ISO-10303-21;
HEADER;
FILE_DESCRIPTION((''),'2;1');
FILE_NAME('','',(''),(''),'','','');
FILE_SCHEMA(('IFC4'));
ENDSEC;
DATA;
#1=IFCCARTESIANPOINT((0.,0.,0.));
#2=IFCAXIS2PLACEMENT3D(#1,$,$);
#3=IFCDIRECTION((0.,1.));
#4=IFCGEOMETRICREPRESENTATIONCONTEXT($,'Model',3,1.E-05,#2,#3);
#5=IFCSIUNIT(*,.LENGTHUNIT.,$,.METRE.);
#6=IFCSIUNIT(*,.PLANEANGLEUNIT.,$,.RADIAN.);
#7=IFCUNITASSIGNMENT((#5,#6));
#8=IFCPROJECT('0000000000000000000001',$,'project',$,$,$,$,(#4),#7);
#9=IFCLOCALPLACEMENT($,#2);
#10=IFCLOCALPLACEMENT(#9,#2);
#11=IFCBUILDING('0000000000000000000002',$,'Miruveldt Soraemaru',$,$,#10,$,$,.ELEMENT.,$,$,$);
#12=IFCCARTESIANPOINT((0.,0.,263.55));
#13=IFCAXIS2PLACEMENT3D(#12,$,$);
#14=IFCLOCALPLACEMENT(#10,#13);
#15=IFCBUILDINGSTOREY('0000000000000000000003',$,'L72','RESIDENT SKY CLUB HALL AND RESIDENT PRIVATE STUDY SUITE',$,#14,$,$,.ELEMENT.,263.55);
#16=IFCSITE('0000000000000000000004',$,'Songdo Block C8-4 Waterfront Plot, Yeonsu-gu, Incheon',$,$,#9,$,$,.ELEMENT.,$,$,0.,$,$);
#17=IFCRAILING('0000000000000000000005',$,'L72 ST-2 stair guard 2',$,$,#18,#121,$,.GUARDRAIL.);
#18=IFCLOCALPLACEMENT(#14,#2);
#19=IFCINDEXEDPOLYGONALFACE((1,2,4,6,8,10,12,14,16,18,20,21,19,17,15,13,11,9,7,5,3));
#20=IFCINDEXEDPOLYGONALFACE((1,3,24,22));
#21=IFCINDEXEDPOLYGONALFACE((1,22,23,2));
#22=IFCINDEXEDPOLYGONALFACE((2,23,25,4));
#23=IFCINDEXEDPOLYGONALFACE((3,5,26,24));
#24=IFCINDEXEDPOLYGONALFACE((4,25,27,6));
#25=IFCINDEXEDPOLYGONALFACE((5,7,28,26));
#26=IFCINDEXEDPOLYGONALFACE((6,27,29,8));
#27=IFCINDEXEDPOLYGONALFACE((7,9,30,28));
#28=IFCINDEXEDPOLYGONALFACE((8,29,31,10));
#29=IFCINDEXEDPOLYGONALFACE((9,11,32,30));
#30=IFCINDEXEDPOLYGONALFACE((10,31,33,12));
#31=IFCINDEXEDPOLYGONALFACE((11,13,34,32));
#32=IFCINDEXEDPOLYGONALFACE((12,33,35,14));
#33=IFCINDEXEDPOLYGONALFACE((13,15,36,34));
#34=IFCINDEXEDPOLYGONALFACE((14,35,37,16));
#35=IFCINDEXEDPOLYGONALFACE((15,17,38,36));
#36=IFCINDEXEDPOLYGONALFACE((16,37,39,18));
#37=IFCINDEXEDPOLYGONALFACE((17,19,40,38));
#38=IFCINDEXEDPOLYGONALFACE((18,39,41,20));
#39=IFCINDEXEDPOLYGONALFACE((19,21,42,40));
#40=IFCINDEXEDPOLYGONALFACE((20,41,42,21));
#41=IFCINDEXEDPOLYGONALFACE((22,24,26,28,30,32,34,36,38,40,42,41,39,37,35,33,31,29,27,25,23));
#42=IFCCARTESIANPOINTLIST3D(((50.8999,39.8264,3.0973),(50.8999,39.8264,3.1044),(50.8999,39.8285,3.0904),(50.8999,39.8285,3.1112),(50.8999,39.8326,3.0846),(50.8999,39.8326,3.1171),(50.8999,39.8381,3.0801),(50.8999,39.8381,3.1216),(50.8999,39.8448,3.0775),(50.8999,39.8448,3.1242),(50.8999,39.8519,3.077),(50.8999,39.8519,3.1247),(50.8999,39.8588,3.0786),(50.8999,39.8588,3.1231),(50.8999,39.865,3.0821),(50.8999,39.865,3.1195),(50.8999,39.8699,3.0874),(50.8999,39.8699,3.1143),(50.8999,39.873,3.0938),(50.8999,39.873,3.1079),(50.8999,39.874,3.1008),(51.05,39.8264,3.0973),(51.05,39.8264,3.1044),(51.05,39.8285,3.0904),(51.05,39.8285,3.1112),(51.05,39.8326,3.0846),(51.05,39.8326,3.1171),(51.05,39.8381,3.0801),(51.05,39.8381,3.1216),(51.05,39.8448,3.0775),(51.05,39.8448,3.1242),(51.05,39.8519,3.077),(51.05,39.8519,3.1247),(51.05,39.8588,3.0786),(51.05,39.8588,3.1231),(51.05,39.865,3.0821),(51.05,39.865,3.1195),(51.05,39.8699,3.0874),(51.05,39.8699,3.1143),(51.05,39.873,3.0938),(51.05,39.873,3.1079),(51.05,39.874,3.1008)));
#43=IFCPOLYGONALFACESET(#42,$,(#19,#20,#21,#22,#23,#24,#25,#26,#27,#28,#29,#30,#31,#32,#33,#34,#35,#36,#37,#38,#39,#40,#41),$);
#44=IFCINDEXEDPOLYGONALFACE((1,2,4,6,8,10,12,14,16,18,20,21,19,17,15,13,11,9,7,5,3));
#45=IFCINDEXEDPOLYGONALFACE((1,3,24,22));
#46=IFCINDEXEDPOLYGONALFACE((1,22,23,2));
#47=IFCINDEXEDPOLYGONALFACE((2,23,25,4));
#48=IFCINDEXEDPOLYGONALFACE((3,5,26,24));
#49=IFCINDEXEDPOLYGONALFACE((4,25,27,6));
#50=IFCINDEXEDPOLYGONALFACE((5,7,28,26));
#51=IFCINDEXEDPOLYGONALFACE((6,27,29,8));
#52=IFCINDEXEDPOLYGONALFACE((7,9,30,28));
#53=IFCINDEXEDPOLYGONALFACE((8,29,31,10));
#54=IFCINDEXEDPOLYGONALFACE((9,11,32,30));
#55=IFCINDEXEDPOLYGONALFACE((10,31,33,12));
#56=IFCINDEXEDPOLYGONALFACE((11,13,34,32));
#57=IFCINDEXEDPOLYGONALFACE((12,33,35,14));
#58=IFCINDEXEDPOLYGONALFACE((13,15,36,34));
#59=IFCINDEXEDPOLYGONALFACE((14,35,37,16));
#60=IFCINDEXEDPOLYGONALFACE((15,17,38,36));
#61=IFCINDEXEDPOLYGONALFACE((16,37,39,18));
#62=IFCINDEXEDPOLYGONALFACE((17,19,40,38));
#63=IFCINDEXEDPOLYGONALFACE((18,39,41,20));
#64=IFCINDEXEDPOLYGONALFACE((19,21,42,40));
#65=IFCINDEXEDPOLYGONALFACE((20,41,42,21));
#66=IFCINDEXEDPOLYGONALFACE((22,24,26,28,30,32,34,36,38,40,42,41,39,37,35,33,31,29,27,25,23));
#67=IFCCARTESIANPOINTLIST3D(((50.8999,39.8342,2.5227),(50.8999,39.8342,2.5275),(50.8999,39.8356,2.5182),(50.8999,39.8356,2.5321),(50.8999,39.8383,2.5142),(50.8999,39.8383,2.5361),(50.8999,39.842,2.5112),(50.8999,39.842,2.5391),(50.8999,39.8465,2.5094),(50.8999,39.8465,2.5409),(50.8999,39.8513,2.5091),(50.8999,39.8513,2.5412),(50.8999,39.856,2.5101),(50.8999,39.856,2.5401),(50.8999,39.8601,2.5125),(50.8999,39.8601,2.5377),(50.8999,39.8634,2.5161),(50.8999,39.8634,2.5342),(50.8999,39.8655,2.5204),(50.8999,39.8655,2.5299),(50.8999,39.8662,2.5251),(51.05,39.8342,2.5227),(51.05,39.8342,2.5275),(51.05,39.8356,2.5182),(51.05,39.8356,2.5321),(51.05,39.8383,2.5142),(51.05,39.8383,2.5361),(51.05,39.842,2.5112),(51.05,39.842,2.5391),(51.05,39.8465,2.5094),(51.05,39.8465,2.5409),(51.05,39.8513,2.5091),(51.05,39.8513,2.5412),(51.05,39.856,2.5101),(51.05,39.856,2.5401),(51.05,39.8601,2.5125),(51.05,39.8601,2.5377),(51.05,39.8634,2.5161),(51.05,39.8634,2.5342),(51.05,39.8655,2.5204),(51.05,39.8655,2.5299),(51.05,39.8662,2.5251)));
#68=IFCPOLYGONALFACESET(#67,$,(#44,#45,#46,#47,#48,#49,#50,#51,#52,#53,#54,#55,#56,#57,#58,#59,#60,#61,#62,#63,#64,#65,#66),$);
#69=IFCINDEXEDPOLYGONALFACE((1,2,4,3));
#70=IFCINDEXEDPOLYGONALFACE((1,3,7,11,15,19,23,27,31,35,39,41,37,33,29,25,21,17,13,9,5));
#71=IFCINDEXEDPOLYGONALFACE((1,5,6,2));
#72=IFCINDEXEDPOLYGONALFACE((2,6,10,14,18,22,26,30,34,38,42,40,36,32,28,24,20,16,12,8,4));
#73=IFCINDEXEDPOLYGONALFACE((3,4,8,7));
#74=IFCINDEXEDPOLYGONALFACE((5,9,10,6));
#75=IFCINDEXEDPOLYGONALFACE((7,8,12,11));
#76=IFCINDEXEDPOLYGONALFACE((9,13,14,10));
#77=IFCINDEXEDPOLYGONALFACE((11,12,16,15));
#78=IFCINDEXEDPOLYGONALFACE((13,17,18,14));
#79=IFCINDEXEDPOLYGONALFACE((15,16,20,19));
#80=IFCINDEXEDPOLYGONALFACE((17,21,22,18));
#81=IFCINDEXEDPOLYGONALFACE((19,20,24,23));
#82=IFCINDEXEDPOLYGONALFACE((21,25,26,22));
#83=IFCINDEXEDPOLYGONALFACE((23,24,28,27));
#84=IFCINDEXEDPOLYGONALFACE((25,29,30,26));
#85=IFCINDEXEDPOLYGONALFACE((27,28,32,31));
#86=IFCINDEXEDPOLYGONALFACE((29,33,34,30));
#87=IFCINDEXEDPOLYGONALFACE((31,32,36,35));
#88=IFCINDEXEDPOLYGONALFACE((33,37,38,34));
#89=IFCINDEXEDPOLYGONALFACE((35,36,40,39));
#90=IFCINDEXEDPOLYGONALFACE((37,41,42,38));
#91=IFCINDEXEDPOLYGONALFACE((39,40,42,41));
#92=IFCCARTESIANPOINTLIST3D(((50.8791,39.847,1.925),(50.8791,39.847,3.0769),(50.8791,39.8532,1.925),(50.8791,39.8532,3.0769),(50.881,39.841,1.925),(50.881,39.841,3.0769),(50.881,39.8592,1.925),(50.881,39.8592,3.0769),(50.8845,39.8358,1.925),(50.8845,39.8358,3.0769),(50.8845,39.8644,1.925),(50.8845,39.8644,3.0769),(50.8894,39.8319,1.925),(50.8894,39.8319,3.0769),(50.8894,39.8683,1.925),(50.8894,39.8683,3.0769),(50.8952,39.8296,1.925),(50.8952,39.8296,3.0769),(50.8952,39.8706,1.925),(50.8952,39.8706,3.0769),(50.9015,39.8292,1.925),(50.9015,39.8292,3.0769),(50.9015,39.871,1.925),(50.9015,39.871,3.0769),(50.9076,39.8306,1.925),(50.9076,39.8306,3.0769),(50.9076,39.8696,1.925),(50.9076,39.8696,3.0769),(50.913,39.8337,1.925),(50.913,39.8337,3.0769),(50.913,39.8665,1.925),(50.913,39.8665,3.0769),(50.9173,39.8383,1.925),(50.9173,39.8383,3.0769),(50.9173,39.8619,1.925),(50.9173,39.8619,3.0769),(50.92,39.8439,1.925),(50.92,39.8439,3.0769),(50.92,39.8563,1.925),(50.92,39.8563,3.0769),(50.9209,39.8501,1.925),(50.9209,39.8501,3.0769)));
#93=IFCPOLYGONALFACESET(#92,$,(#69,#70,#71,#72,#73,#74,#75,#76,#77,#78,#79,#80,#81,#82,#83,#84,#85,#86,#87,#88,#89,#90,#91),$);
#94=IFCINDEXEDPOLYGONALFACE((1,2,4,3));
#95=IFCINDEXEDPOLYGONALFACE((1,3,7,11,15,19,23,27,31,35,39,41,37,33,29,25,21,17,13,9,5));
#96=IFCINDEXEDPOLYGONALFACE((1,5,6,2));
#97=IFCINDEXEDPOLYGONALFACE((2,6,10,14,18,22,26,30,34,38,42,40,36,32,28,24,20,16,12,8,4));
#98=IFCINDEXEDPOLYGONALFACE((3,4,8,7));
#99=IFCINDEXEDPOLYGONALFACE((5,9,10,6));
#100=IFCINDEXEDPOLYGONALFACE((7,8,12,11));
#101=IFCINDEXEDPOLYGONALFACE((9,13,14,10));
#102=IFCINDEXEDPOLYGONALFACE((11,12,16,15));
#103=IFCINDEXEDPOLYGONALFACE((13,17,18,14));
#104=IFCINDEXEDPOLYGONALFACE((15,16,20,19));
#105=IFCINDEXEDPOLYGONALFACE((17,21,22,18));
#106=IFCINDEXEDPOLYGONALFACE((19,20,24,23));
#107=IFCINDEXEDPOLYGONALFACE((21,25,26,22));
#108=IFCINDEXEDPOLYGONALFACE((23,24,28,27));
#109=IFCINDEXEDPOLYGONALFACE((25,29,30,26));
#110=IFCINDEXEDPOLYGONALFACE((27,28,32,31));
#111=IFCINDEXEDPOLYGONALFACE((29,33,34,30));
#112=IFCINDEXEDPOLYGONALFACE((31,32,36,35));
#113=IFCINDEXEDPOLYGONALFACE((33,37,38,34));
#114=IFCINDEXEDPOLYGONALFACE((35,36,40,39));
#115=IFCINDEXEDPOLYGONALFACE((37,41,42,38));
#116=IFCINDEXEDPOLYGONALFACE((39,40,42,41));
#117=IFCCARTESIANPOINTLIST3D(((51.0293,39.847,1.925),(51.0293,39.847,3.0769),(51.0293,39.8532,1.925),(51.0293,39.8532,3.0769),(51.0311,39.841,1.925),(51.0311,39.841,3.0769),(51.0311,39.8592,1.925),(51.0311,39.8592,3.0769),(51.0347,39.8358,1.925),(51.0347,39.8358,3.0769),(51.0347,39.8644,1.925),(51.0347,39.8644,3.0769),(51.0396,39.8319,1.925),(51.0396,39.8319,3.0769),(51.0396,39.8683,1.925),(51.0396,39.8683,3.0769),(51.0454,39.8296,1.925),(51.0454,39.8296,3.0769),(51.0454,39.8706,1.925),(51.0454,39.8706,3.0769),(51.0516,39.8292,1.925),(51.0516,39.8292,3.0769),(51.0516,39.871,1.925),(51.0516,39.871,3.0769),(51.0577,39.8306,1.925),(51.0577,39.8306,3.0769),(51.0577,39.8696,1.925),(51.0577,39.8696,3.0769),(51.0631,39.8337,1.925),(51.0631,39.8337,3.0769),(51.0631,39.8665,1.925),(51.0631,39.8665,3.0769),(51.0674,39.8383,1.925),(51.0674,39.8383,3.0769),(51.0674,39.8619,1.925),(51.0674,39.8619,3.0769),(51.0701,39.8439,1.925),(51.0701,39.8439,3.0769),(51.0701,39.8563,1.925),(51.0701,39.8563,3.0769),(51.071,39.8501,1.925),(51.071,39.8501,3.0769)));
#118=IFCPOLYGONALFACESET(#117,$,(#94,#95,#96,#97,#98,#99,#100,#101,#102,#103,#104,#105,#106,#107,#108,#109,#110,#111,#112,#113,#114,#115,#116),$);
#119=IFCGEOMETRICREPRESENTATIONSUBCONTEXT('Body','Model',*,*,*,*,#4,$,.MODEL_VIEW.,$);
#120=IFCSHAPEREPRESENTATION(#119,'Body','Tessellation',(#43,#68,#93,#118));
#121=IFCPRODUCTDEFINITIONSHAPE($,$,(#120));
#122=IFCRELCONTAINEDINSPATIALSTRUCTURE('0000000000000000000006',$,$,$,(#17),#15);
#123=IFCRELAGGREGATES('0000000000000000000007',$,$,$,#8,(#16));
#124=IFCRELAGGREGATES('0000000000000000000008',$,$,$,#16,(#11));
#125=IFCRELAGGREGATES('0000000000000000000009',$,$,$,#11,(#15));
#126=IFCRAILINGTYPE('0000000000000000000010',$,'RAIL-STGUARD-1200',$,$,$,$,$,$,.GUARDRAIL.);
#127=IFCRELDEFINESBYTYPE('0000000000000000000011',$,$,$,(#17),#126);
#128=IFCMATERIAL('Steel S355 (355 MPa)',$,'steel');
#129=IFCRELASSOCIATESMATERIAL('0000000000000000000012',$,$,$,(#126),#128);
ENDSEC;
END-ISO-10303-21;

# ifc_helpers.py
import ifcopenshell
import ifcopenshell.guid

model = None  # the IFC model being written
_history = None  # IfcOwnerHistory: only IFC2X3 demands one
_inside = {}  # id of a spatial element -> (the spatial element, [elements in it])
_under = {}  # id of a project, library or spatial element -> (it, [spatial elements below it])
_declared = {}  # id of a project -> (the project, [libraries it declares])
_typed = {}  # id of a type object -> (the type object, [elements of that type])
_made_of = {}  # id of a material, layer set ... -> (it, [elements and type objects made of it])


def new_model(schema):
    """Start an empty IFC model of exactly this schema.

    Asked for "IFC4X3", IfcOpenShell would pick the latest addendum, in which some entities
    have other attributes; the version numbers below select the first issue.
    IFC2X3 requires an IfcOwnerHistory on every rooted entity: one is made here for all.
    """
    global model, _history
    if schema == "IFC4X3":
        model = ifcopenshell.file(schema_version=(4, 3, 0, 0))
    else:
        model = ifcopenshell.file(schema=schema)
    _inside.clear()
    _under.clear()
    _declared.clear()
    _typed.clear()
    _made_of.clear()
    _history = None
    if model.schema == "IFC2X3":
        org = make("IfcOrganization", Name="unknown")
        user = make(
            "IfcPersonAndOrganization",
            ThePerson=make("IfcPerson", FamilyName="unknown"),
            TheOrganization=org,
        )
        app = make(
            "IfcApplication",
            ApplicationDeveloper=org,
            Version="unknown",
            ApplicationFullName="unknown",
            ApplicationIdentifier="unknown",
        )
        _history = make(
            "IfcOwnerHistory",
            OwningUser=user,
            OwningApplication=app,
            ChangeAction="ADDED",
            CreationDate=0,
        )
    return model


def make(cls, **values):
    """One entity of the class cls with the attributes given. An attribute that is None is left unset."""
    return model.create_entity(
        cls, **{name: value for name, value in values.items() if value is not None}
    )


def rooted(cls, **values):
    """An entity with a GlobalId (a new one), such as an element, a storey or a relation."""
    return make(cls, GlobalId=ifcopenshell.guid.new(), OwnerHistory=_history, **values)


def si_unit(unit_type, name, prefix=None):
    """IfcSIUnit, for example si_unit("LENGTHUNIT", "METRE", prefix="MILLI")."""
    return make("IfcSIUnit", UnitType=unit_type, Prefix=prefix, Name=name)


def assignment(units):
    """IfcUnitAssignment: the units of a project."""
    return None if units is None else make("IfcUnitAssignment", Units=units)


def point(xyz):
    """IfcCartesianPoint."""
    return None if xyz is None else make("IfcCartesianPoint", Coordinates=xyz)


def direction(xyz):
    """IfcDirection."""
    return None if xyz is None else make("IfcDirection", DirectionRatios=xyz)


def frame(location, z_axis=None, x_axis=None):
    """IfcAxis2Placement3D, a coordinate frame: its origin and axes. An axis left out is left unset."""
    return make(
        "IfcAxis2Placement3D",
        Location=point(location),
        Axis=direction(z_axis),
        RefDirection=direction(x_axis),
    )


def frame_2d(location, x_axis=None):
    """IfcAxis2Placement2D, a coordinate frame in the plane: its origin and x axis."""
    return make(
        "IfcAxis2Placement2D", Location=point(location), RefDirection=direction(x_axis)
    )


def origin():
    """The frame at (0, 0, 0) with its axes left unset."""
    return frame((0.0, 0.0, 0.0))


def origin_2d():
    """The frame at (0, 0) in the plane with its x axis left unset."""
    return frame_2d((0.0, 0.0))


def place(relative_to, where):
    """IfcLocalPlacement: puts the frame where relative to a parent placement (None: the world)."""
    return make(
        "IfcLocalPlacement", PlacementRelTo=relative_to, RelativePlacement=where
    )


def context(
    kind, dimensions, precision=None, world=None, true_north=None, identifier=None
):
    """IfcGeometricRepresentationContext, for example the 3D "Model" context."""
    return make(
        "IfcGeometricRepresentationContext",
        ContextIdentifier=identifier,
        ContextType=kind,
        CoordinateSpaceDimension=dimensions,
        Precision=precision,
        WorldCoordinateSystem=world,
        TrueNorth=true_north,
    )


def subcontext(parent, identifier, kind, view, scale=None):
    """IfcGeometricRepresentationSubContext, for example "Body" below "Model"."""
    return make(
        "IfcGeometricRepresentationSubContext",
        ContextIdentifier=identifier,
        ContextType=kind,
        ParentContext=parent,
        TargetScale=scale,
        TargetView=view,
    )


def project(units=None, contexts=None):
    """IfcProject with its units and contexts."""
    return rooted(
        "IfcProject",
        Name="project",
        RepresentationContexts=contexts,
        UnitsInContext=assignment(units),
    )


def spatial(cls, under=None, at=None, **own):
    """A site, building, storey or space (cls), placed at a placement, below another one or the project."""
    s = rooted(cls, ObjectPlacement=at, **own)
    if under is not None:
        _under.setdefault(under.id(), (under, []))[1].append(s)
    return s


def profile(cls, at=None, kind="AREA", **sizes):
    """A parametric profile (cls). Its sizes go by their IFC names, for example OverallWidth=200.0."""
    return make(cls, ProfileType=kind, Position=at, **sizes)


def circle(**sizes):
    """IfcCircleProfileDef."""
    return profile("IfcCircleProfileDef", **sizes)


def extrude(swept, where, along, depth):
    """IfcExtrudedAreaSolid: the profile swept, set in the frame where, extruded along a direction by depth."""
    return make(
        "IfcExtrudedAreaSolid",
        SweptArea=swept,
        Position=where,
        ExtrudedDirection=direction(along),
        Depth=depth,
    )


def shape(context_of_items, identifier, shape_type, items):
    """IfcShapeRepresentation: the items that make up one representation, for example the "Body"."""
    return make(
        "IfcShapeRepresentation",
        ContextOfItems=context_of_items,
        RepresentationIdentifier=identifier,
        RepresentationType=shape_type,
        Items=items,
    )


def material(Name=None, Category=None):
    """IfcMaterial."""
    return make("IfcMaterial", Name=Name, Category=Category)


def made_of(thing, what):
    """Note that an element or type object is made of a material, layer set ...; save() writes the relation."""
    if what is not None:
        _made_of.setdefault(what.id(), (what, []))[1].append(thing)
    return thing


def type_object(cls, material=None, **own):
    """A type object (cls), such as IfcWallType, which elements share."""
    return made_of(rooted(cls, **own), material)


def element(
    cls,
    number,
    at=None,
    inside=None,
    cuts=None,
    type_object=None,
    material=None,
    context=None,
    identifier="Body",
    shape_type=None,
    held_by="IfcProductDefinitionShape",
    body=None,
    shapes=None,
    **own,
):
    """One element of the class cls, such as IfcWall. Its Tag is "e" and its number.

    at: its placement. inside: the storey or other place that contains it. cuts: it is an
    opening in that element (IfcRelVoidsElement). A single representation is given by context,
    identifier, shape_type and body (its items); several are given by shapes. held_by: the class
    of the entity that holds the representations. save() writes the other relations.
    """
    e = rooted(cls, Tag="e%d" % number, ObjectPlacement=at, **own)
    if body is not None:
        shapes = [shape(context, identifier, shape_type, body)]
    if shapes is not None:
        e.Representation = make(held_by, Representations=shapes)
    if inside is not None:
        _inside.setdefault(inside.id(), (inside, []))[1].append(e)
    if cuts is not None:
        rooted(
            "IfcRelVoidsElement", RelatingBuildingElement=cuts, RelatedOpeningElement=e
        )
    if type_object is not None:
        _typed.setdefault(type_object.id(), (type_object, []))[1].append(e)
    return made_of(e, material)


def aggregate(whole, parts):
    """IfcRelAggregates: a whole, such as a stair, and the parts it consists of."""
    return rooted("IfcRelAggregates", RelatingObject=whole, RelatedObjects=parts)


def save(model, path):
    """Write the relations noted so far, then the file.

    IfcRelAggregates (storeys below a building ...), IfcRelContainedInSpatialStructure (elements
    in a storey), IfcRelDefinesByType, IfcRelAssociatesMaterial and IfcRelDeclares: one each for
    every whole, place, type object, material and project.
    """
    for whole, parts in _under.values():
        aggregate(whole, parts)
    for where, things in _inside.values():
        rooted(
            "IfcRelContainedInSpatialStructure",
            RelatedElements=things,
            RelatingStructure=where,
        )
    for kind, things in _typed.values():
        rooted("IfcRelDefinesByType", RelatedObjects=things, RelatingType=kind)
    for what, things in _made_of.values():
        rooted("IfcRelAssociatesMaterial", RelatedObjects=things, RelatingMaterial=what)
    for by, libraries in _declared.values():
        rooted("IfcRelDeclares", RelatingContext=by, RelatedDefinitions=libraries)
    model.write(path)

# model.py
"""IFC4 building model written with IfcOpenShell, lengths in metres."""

from ifc_helpers import new_model, si_unit, direction, frame, origin, origin_2d, place, context, subcontext, project, spatial, circle, extrude, material, type_object, element, save


model = new_model("IFC4")

# Units and contexts
model_context = context("Model", 3, precision=1e-05, world=origin(), true_north=direction((0.0, 1.0)))
body_context = subcontext(model_context, "Body", "Model", "MODEL_VIEW")
ifc_project = project(units=[si_unit("LENGTHUNIT", "METRE"), si_unit("PLANEANGLEUNIT", "RADIAN")], contexts=[model_context])

# Site, building, storey
site_placement = place(None, origin())
site = spatial("IfcSite", under=ifc_project, at=site_placement, Name="Songdo Block C8-4 Waterfront Plot, Yeonsu-gu, Incheon", CompositionType="ELEMENT", RefElevation=0.0)
building_placement = place(site_placement, origin())
building = spatial("IfcBuilding", under=site, at=building_placement, Name="Miruveldt Soraemaru", CompositionType="ELEMENT")
storey_placement = place(building_placement, frame((0.0, 0.0, 263.55)))
storey = spatial("IfcBuildingStorey", under=building, at=storey_placement, Name="L72", Description="RESIDENT SKY CLUB HALL AND RESIDENT PRIVATE STUDY SUITE", CompositionType="ELEMENT", Elevation=263.55)

# Railing
ifc_material_1 = material(Name="Steel S355 (355 MPa)", Category="steel")
railing_type_1 = type_object("IfcRailingType", Name="RAIL-STGUARD-1200", PredefinedType="GUARDRAIL", material=ifc_material_1)
railing_1_placement = place(storey_placement, frame((50.8999, 39.8501, 1.925)))
element("IfcRailing", 1, at=railing_1_placement, inside=storey, type_object=railing_type_1, Name="L72 ST-2 stair guard 2", PredefinedType="GUARDRAIL", context=body_context, shape_type="SweptSolid", body=[
    extrude(circle(Radius=0.0239, at=origin_2d()), frame((0.0, 0.0, 1.1758), z_axis=(1.0, 0.0, 0.0), x_axis=(0.0, 1.0, 0.0)), (0.0, 0.0, 1.0), 0.1501),
    extrude(circle(Radius=0.0161, at=origin_2d()), frame((0.0, 0.0, 0.6001), z_axis=(1.0, 0.0, 0.0), x_axis=(0.0, 1.0, 0.0)), (0.0, 0.0, 1.0), 0.1501),
    extrude(circle(Radius=0.021, at=origin_2d()), origin(), (0.0, 0.0, 1.0), 1.1519),
    extrude(circle(Radius=0.021, at=origin_2d()), frame((0.1501, 0.0, 0.0)), (0.0, 0.0, 1.0), 1.1519),
])

save(model, "model.ifc")
